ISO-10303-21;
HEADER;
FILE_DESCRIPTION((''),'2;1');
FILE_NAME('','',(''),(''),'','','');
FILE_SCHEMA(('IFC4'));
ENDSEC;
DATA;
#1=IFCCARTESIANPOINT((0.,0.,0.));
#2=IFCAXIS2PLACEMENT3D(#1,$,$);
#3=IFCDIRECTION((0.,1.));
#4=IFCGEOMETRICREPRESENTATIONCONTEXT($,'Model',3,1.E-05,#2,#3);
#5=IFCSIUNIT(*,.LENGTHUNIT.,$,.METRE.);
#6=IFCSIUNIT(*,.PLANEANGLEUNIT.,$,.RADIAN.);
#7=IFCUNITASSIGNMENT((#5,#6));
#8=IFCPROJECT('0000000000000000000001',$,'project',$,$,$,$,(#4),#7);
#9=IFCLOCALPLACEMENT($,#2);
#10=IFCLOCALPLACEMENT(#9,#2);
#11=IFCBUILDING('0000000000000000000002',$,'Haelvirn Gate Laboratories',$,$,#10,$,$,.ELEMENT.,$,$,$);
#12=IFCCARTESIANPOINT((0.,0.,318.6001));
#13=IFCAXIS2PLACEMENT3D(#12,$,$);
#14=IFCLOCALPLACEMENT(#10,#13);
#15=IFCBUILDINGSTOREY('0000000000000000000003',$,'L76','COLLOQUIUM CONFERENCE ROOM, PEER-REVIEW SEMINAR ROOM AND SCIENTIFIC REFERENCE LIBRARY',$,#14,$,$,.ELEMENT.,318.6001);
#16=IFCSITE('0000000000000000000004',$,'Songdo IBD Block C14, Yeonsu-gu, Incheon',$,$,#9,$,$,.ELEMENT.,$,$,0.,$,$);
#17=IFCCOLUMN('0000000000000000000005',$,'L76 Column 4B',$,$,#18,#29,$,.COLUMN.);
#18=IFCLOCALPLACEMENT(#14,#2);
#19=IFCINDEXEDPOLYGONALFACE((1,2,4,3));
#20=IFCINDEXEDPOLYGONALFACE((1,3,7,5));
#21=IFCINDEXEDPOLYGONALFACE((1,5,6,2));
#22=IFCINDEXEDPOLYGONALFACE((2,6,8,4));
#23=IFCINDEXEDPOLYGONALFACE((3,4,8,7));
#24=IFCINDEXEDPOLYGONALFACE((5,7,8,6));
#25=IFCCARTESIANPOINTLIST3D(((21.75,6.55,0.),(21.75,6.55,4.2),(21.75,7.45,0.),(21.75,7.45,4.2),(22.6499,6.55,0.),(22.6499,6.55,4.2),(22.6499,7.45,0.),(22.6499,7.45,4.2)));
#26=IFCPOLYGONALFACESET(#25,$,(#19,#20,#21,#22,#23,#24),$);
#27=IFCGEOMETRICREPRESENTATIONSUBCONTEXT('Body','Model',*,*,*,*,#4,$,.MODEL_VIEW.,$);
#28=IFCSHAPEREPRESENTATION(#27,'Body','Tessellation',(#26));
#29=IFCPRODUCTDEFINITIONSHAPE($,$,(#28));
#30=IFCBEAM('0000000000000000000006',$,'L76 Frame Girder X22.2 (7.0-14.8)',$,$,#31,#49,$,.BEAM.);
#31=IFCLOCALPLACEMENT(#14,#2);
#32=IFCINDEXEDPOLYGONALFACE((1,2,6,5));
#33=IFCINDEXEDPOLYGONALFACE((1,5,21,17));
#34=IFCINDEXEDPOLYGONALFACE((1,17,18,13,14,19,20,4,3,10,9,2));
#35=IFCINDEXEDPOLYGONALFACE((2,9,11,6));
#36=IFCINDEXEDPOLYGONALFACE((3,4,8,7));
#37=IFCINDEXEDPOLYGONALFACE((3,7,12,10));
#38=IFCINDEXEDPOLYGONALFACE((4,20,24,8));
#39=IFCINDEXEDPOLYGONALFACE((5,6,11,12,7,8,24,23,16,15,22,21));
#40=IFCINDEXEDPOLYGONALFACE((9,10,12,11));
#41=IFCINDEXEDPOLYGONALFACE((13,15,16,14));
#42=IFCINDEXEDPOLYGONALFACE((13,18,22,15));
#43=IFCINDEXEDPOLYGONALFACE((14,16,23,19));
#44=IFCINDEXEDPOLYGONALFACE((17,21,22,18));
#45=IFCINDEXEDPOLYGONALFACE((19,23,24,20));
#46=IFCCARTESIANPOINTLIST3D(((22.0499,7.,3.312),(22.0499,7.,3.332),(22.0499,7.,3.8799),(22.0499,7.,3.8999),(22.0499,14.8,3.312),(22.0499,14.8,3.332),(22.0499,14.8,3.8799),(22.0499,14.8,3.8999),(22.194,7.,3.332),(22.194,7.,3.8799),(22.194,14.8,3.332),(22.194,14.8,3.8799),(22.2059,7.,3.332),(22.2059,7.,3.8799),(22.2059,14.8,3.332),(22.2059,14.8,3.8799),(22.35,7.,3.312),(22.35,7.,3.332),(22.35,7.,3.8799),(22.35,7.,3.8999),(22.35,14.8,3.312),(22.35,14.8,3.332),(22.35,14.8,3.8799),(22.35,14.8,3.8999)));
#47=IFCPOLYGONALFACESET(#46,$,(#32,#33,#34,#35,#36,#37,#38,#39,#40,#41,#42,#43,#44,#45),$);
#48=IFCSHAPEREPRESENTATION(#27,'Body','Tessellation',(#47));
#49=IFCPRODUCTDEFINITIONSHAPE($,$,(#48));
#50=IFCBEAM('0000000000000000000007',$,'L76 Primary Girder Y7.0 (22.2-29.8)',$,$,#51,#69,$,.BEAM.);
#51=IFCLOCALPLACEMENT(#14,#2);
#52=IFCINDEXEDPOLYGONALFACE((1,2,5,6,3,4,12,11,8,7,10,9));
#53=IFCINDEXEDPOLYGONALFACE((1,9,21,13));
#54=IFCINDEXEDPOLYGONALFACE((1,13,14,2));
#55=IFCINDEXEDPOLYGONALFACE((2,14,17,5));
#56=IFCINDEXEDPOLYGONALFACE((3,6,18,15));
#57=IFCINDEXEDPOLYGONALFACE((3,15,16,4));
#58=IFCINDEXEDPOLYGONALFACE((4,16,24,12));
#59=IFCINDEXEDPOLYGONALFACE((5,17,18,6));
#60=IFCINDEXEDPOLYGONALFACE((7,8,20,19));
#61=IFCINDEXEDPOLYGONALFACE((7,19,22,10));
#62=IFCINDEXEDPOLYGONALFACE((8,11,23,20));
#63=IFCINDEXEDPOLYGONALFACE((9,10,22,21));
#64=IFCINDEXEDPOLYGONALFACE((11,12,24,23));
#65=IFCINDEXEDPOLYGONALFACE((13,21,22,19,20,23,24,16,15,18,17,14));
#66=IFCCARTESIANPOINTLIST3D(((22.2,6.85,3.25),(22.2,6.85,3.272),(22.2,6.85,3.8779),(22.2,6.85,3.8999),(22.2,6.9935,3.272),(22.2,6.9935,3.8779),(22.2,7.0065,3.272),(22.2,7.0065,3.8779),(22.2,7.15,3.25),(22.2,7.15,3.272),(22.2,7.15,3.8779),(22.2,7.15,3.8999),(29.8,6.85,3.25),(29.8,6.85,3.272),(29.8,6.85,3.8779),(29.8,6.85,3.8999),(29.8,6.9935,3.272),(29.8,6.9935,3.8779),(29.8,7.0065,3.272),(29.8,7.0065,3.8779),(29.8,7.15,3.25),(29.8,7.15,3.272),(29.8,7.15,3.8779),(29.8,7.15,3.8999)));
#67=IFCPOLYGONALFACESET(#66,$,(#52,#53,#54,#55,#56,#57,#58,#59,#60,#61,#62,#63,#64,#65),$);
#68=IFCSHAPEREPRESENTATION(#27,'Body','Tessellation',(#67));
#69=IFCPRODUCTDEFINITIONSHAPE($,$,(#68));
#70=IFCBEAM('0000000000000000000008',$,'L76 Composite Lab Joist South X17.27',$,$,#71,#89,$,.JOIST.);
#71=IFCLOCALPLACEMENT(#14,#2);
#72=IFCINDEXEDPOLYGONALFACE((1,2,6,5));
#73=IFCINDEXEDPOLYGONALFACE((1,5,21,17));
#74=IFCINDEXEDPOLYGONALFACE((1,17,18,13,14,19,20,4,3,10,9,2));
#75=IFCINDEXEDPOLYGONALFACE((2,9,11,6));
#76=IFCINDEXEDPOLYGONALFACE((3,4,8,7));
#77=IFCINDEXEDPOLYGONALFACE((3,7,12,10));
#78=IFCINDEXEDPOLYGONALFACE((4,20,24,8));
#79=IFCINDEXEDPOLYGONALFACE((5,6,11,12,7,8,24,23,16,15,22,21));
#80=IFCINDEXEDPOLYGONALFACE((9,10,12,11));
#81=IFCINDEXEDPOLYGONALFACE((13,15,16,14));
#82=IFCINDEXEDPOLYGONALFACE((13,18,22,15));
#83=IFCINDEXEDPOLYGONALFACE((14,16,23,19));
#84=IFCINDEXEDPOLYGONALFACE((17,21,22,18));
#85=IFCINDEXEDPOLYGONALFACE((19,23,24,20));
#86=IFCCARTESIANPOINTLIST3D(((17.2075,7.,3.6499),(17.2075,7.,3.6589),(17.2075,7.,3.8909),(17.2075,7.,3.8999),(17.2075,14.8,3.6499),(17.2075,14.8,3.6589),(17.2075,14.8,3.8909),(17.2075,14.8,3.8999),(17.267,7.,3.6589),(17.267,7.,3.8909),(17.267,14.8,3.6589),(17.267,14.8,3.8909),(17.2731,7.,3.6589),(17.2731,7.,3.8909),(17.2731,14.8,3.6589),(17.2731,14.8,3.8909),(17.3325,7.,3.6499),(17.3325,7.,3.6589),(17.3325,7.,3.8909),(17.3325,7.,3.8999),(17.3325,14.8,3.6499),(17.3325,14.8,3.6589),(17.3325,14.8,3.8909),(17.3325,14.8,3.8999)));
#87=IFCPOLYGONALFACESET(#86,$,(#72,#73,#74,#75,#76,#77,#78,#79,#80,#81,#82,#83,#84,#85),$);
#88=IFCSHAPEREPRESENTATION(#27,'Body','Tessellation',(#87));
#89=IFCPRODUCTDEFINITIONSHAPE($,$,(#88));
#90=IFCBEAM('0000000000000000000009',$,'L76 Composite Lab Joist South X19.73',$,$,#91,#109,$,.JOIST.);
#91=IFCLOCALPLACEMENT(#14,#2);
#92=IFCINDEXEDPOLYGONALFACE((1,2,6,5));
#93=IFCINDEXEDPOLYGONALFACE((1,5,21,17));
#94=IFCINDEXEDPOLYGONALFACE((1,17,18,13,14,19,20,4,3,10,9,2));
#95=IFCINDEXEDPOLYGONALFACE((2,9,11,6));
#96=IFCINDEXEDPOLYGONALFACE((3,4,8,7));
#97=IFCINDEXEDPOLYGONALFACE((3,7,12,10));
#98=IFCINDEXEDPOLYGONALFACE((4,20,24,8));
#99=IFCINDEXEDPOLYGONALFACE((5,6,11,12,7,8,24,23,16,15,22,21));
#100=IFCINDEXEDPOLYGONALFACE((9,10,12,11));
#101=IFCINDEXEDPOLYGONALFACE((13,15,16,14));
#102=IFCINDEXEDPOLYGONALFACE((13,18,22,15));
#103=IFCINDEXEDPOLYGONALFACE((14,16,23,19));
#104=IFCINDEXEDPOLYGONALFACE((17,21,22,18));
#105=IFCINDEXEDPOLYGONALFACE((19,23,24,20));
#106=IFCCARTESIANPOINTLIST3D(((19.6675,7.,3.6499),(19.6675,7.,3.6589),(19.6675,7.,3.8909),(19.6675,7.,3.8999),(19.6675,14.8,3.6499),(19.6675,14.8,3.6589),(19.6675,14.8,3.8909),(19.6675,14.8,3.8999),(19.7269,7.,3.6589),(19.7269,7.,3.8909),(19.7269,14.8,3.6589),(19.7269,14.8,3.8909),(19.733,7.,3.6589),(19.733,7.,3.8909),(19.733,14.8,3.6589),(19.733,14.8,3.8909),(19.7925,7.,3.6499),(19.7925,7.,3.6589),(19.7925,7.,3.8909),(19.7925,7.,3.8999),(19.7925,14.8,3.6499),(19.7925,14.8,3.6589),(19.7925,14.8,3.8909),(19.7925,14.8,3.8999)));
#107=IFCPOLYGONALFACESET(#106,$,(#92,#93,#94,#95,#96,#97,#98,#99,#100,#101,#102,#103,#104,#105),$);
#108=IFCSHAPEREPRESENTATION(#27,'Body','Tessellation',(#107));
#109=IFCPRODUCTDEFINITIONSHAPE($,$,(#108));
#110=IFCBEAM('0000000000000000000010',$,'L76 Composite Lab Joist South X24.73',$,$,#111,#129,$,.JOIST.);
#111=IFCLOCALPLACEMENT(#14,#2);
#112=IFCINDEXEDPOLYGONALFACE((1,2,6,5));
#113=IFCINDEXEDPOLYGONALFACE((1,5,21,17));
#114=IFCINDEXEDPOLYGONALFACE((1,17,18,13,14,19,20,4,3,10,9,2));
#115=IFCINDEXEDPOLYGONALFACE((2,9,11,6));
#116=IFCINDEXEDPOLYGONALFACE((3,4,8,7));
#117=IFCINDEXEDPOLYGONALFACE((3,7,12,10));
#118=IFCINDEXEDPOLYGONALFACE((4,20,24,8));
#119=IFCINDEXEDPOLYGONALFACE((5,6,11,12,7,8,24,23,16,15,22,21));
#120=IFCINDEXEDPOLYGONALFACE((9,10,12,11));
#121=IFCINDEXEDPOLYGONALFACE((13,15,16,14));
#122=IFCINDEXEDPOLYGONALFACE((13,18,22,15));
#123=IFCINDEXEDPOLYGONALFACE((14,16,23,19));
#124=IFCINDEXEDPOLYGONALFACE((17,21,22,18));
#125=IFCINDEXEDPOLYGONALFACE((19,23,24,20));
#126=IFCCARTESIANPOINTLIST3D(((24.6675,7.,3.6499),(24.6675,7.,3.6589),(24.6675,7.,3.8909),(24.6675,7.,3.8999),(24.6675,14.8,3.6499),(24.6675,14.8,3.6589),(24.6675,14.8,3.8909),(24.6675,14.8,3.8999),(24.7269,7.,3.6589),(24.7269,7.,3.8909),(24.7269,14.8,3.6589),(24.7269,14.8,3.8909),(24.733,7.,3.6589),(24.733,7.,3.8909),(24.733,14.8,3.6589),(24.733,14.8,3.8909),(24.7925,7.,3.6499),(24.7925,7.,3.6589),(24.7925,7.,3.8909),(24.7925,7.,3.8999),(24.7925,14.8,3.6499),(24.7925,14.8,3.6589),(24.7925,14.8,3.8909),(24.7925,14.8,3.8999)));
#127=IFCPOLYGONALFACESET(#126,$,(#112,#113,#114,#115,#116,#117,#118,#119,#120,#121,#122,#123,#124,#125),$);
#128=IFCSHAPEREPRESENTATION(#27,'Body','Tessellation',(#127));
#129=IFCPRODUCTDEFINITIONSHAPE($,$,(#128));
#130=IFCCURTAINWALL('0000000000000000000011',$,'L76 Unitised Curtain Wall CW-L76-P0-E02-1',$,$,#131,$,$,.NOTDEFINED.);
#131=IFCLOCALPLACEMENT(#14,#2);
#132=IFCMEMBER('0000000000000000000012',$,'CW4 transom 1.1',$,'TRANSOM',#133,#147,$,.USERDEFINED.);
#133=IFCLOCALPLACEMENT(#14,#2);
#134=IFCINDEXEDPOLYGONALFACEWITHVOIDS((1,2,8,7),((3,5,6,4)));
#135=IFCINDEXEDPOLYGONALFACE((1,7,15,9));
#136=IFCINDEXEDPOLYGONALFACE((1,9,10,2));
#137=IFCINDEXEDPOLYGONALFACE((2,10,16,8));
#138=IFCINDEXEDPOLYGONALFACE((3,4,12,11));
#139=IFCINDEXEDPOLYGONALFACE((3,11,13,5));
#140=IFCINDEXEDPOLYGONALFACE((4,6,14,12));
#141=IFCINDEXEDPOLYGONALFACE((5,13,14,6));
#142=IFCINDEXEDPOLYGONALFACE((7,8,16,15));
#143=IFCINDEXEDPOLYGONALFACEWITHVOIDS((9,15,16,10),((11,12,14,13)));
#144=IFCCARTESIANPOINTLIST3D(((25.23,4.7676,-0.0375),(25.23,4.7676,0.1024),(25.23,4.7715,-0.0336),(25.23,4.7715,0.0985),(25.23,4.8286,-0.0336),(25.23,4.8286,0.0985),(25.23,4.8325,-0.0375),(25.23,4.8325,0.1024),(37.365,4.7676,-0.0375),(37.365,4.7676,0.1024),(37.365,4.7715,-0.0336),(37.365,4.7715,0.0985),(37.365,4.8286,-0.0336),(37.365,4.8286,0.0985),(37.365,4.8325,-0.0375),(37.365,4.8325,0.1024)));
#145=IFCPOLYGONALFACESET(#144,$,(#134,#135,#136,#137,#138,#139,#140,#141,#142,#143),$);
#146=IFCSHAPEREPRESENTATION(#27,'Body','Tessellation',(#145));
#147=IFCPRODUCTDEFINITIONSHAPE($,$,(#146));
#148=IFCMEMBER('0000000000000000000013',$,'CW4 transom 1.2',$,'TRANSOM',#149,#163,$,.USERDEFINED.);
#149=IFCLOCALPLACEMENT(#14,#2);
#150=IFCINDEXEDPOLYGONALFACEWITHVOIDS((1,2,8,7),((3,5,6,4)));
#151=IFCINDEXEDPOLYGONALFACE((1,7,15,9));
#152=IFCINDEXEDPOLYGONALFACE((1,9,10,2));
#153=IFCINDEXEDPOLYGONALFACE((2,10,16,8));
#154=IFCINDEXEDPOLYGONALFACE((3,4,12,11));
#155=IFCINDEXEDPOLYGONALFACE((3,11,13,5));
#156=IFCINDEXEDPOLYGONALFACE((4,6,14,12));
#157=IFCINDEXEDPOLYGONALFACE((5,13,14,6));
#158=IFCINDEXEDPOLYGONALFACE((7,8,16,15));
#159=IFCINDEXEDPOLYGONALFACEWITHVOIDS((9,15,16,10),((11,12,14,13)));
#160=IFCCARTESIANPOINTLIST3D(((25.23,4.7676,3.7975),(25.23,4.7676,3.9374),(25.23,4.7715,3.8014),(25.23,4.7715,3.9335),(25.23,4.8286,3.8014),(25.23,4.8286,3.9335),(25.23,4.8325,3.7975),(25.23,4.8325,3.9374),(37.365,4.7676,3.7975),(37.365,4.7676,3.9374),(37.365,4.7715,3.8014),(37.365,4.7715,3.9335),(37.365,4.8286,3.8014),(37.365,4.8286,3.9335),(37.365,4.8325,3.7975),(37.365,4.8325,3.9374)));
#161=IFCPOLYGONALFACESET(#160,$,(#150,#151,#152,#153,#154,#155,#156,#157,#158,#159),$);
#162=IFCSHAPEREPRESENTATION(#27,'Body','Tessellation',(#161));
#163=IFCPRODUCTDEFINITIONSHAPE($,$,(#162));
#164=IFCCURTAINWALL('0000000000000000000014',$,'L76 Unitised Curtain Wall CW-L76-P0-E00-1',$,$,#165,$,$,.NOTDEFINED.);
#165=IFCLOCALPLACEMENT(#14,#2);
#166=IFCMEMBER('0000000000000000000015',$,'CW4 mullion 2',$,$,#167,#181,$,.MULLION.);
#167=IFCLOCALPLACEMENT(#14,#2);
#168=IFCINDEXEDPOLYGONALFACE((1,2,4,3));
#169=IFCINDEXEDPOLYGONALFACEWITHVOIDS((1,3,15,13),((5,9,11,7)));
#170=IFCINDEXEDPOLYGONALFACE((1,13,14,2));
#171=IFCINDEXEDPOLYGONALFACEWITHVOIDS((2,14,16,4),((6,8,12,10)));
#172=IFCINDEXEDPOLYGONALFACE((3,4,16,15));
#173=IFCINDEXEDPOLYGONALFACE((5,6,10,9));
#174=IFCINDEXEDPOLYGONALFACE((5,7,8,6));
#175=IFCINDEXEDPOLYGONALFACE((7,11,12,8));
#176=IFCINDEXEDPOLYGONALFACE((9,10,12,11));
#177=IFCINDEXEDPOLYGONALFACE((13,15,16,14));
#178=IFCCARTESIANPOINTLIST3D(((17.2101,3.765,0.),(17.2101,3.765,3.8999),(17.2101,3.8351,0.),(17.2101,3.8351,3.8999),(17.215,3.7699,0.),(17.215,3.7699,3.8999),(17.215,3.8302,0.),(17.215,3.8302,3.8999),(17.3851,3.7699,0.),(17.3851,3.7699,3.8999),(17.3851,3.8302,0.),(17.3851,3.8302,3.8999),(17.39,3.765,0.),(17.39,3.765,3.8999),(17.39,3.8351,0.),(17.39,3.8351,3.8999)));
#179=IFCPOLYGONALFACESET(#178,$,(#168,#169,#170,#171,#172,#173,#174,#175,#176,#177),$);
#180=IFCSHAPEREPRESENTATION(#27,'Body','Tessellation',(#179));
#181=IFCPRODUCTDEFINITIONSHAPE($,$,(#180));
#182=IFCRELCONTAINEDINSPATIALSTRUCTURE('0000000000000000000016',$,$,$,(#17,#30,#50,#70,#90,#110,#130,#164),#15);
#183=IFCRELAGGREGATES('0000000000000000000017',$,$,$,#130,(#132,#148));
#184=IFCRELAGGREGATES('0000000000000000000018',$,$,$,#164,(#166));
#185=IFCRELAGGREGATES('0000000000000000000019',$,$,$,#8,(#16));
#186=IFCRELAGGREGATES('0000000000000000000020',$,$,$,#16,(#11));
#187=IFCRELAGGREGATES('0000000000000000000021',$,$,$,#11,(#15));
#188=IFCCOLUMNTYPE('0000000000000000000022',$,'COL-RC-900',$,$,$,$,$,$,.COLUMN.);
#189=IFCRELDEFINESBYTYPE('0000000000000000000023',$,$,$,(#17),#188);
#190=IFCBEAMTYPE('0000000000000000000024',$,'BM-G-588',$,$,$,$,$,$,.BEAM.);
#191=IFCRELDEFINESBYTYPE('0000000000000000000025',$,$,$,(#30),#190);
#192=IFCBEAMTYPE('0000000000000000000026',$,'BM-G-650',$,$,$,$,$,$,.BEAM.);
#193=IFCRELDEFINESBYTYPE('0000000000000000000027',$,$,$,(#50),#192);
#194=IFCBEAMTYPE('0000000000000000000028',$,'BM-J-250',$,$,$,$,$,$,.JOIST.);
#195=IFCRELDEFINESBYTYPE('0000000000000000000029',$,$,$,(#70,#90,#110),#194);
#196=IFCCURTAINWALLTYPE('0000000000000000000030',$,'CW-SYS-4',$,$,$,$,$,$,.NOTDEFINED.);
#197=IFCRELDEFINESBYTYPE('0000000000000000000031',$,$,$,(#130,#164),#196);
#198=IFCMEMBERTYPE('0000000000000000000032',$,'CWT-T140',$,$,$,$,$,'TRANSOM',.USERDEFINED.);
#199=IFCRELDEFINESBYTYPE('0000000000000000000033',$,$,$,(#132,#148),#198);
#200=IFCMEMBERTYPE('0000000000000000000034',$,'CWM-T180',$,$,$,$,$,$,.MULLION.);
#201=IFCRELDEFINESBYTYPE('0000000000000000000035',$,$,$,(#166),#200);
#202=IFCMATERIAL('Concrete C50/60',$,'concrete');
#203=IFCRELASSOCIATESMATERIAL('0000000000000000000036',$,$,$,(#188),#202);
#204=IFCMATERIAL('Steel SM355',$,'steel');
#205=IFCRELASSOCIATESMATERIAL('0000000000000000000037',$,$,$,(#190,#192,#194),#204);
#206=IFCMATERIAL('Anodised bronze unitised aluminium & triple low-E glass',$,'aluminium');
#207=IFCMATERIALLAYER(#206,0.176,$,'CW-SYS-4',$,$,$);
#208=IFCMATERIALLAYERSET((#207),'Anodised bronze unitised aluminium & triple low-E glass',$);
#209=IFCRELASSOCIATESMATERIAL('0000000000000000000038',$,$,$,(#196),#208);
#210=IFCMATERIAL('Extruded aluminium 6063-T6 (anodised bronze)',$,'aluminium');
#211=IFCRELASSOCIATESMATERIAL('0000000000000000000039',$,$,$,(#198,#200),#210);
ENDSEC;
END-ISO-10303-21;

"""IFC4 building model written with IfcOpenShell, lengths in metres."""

from ifc_helpers import new_model, si_unit, direction, frame, origin, origin_2d, place, context, subcontext, project, spatial, rectangle, hollow_rectangle, i_section, extrude, source, transform, mapped, material, layer, layer_set, material_profile, profile_set, type_object, type_shapes, element, aggregate, save


model = new_model("IFC4")

# Units and contexts
model_context = context("Model", 3, precision=1e-05, world=origin(), true_north=direction((0.0, 1.0)))
body_context = subcontext(model_context, "Body", "Model", "MODEL_VIEW")
ifc_project = project(units=[si_unit("LENGTHUNIT", "METRE"), si_unit("PLANEANGLEUNIT", "RADIAN")], contexts=[model_context])

# Site, building, storey
site_placement = place(None, origin())
site = spatial("IfcSite", under=ifc_project, at=site_placement, Name="Songdo IBD Block C14, Yeonsu-gu, Incheon", CompositionType="ELEMENT", RefElevation=0.0)
building_placement = place(site_placement, origin())
building = spatial("IfcBuilding", under=site, at=building_placement, Name="Haelvirn Gate Laboratories", CompositionType="ELEMENT")
storey_placement = place(building_placement, frame((0.0, 0.0, 318.6001)))
storey = spatial("IfcBuildingStorey", under=building, at=storey_placement, Name="L76", Description="COLLOQUIUM CONFERENCE ROOM, PEER-REVIEW SEMINAR ROOM AND SCIENTIFIC REFERENCE LIBRARY", CompositionType="ELEMENT", Elevation=318.6001)

# Column
ifc_material_1 = material(Name="Concrete C50/60", Category="concrete")
ifc_material_profile_1 = material_profile(ifc_material_1, rectangle(XDim=0.8999, YDim=0.8999, at=origin_2d()), Name="RC-900x900")
ifc_profile_set_1 = profile_set([ifc_material_profile_1], Name="Concrete C50/60")
column_type = type_object("IfcColumnType", Name="COL-RC-900", PredefinedType="COLUMN", material=ifc_profile_set_1)
shared_shape_1 = source(origin(), body_context, "Body", "SweptSolid", [
    extrude(rectangle(XDim=0.8999, YDim=0.8999, at=origin_2d()), origin(), (0.0, 0.0, 1.0), 4.2),
])
type_shapes(column_type, [shared_shape_1])
column_placement = place(storey_placement, frame((22.2, 7.0, 0.0), z_axis=(0.0, 0.0, 1.0), x_axis=(1.0, 0.0, 0.0)))
element("IfcColumn", 1, at=column_placement, inside=storey, type_object=column_type, Name="L76 Column 4B", PredefinedType="COLUMN", context=body_context, shape_type="MappedRepresentation", body=[
    mapped(shared_shape_1, transform((0.0, 0.0, 0.0), scale=1.0)),
])

# Beams
ifc_material_2 = material(Name="Steel SM355", Category="steel")
ifc_material_profile_2 = material_profile(ifc_material_2, i_section(OverallWidth=0.3, OverallDepth=0.5879, WebThickness=0.012, FlangeThickness=0.02, at=origin_2d()), Name="H-588x300x12x20")
ifc_profile_set_2 = profile_set([ifc_material_profile_2], Name="Steel SM355")
beam_type_1 = type_object("IfcBeamType", Name="BM-G-588", PredefinedType="BEAM", material=ifc_profile_set_2)
shared_shape_2 = source(origin(), body_context, "Body", "SweptSolid", [
    extrude(i_section(OverallWidth=0.3, OverallDepth=0.5879, WebThickness=0.012, FlangeThickness=0.02, at=origin_2d()), origin(), (0.0, 0.0, 1.0), 7.8),
])
type_shapes(beam_type_1, [shared_shape_2])
beam_1_placement = place(storey_placement, frame((22.2, 7.0, 3.606), z_axis=(0.0, 1.0, 0.0), x_axis=(-1.0, 0.0, 0.0)))
element("IfcBeam", 2, at=beam_1_placement, inside=storey, type_object=beam_type_1, Name="L76 Frame Girder X22.2 (7.0-14.8)", PredefinedType="BEAM", context=body_context, shape_type="MappedRepresentation", body=[
    mapped(shared_shape_2, transform((0.0, 0.0, 0.0), scale=1.0)),
])
ifc_material_profile_3 = material_profile(ifc_material_2, i_section(OverallWidth=0.3, OverallDepth=0.6499, WebThickness=0.0129, FlangeThickness=0.022, at=origin_2d()), Name="H-650x300x13x22")
ifc_profile_set_3 = profile_set([ifc_material_profile_3], Name="Steel SM355")
beam_type_2 = type_object("IfcBeamType", Name="BM-G-650", PredefinedType="BEAM", material=ifc_profile_set_3)
shared_shape_3 = source(origin(), body_context, "Body", "SweptSolid", [
    extrude(i_section(OverallWidth=0.3, OverallDepth=0.6499, WebThickness=0.0129, FlangeThickness=0.022, at=origin_2d()), origin(), (0.0, 0.0, 1.0), 7.6001),
])
type_shapes(beam_type_2, [shared_shape_3])
beam_2_placement = place(storey_placement, frame((22.2, 7.0, 3.575), z_axis=(1.0, 0.0, 0.0), x_axis=(0.0, 1.0, 0.0)))
element("IfcBeam", 3, at=beam_2_placement, inside=storey, type_object=beam_type_2, Name="L76 Primary Girder Y7.0 (22.2-29.8)", PredefinedType="BEAM", context=body_context, shape_type="MappedRepresentation", body=[
    mapped(shared_shape_3, transform((0.0, 0.0, 0.0), scale=1.0)),
])
ifc_material_profile_4 = material_profile(ifc_material_2, i_section(OverallWidth=0.125, OverallDepth=0.25, WebThickness=0.0061, FlangeThickness=0.009, at=origin_2d()), Name="H-250x125x6x9")
ifc_profile_set_4 = profile_set([ifc_material_profile_4], Name="Steel SM355")
beam_type_3 = type_object("IfcBeamType", Name="BM-J-250", PredefinedType="JOIST", material=ifc_profile_set_4)
shared_shape_4 = source(origin(), body_context, "Body", "SweptSolid", [
    extrude(i_section(OverallWidth=0.125, OverallDepth=0.25, WebThickness=0.0061, FlangeThickness=0.009, at=origin_2d()), origin(), (0.0, 0.0, 1.0), 7.8),
])
type_shapes(beam_type_3, [shared_shape_4])
for number, where, z_axis, x_axis, name in (
    (4, (17.27, 7.0, 3.7749), (0.0, 1.0, 0.0), (-1.0, 0.0, 0.0), "L76 Composite Lab Joist South X17.27"),
    (5, (19.73, 7.0, 3.7749), (0.0, 1.0, 0.0), (-1.0, 0.0, 0.0), "L76 Composite Lab Joist South X19.73"),
    (6, (24.73, 7.0, 3.7749), (0.0, 1.0, 0.0), (-1.0, 0.0, 0.0), "L76 Composite Lab Joist South X24.73"),
):
    element("IfcBeam", number, at=place(storey_placement, frame(where, z_axis=z_axis, x_axis=x_axis)), inside=storey, type_object=beam_type_3, Name=name, PredefinedType="JOIST", context=body_context, shape_type="MappedRepresentation", body=[
        mapped(shared_shape_4, transform((0.0, 0.0, 0.0), scale=1.0)),
    ])

# Curtain walls, members
ifc_material_3 = material(Name="Anodised bronze unitised aluminium & triple low-E glass", Category="aluminium")
ifc_layer_1 = layer(ifc_material_3, 0.176, Name="CW-SYS-4")
ifc_layer_set_1 = layer_set([ifc_layer_1], Name="Anodised bronze unitised aluminium & triple low-E glass")
curtain_wall_type = type_object("IfcCurtainWallType", Name="CW-SYS-4", PredefinedType="NOTDEFINED", material=ifc_layer_set_1)
curtain_wall_1_placement = place(storey_placement, origin())
curtain_wall_1 = element("IfcCurtainWall", 7, at=curtain_wall_1_placement, inside=storey, type_object=curtain_wall_type, Name="L76 Unitised Curtain Wall CW-L76-P0-E02-1", PredefinedType="NOTDEFINED")
ifc_material_4 = material(Name="Extruded aluminium 6063-T6 (anodised bronze)", Category="aluminium")
ifc_material_profile_5 = material_profile(ifc_material_4, hollow_rectangle(XDim=0.0649, YDim=0.1399, WallThickness=0.0039, at=origin_2d()), Name="CWT-140x65x4")
ifc_profile_set_5 = profile_set([ifc_material_profile_5], Name="Extruded aluminium 6063-T6 (anodised bronze)")
member_type_1 = type_object("IfcMemberType", Name="CWT-T140", ElementType="TRANSOM", PredefinedType="USERDEFINED", material=ifc_profile_set_5)
shared_shape_5 = source(origin(), body_context, "Body", "SweptSolid", [
    extrude(hollow_rectangle(XDim=0.0649, YDim=0.1399, WallThickness=0.0039, at=origin_2d()), origin(), (0.0, 0.0, 1.0), 12.135),
])
member_1_placement = place(storey_placement, frame((25.23, 4.8, 0.0325), z_axis=(1.0, 0.0, 0.0), x_axis=(0.0, 1.0, 0.0)))
member_1 = element("IfcMember", 8, at=member_1_placement, type_object=member_type_1, Name="CW4 transom 1.1", ObjectType="TRANSOM", PredefinedType="USERDEFINED", context=body_context, shape_type="MappedRepresentation", body=[
    mapped(shared_shape_5, transform((0.0, 0.0, 0.0), scale=1.0)),
])
member_2_placement = place(storey_placement, frame((25.23, 4.8, 3.8674), z_axis=(1.0, 0.0, 0.0), x_axis=(0.0, 1.0, 0.0)))
member_2 = element("IfcMember", 9, at=member_2_placement, type_object=member_type_1, Name="CW4 transom 1.2", ObjectType="TRANSOM", PredefinedType="USERDEFINED", context=body_context, shape_type="MappedRepresentation", body=[
    mapped(shared_shape_5, transform((0.0, 0.0, 0.0), scale=1.0)),
])
curtain_wall_2_placement = place(storey_placement, origin())
curtain_wall_2 = element("IfcCurtainWall", 10, at=curtain_wall_2_placement, inside=storey, type_object=curtain_wall_type, Name="L76 Unitised Curtain Wall CW-L76-P0-E00-1", PredefinedType="NOTDEFINED")
ifc_material_profile_6 = material_profile(ifc_material_4, hollow_rectangle(XDim=0.0701, YDim=0.1799, WallThickness=0.0049, at=origin_2d()), Name="CWM-180x70x5")
ifc_profile_set_6 = profile_set([ifc_material_profile_6], Name="Extruded aluminium 6063-T6 (anodised bronze)")
member_type_2 = type_object("IfcMemberType", Name="CWM-T180", PredefinedType="MULLION", material=ifc_profile_set_6)
shared_shape_6 = source(origin(), body_context, "Body", "SweptSolid", [
    extrude(hollow_rectangle(XDim=0.0701, YDim=0.1799, WallThickness=0.0049, at=origin_2d()), origin(), (0.0, 0.0, 1.0), 3.8999),
])
type_shapes(member_type_2, [shared_shape_6])
member_3_placement = place(storey_placement, frame((17.3, 3.8, 0.0), z_axis=(0.0, 0.0, 1.0), x_axis=(0.0, 1.0, 0.0)))
member_3 = element("IfcMember", 11, at=member_3_placement, type_object=member_type_2, Name="CW4 mullion 2", PredefinedType="MULLION", context=body_context, shape_type="MappedRepresentation", body=[
    mapped(shared_shape_6, transform((0.0, 0.0, 0.0), scale=1.0)),
])

aggregate(curtain_wall_1, [member_1, member_2])
aggregate(curtain_wall_2, [member_3])

save(model, "model.ifc")
